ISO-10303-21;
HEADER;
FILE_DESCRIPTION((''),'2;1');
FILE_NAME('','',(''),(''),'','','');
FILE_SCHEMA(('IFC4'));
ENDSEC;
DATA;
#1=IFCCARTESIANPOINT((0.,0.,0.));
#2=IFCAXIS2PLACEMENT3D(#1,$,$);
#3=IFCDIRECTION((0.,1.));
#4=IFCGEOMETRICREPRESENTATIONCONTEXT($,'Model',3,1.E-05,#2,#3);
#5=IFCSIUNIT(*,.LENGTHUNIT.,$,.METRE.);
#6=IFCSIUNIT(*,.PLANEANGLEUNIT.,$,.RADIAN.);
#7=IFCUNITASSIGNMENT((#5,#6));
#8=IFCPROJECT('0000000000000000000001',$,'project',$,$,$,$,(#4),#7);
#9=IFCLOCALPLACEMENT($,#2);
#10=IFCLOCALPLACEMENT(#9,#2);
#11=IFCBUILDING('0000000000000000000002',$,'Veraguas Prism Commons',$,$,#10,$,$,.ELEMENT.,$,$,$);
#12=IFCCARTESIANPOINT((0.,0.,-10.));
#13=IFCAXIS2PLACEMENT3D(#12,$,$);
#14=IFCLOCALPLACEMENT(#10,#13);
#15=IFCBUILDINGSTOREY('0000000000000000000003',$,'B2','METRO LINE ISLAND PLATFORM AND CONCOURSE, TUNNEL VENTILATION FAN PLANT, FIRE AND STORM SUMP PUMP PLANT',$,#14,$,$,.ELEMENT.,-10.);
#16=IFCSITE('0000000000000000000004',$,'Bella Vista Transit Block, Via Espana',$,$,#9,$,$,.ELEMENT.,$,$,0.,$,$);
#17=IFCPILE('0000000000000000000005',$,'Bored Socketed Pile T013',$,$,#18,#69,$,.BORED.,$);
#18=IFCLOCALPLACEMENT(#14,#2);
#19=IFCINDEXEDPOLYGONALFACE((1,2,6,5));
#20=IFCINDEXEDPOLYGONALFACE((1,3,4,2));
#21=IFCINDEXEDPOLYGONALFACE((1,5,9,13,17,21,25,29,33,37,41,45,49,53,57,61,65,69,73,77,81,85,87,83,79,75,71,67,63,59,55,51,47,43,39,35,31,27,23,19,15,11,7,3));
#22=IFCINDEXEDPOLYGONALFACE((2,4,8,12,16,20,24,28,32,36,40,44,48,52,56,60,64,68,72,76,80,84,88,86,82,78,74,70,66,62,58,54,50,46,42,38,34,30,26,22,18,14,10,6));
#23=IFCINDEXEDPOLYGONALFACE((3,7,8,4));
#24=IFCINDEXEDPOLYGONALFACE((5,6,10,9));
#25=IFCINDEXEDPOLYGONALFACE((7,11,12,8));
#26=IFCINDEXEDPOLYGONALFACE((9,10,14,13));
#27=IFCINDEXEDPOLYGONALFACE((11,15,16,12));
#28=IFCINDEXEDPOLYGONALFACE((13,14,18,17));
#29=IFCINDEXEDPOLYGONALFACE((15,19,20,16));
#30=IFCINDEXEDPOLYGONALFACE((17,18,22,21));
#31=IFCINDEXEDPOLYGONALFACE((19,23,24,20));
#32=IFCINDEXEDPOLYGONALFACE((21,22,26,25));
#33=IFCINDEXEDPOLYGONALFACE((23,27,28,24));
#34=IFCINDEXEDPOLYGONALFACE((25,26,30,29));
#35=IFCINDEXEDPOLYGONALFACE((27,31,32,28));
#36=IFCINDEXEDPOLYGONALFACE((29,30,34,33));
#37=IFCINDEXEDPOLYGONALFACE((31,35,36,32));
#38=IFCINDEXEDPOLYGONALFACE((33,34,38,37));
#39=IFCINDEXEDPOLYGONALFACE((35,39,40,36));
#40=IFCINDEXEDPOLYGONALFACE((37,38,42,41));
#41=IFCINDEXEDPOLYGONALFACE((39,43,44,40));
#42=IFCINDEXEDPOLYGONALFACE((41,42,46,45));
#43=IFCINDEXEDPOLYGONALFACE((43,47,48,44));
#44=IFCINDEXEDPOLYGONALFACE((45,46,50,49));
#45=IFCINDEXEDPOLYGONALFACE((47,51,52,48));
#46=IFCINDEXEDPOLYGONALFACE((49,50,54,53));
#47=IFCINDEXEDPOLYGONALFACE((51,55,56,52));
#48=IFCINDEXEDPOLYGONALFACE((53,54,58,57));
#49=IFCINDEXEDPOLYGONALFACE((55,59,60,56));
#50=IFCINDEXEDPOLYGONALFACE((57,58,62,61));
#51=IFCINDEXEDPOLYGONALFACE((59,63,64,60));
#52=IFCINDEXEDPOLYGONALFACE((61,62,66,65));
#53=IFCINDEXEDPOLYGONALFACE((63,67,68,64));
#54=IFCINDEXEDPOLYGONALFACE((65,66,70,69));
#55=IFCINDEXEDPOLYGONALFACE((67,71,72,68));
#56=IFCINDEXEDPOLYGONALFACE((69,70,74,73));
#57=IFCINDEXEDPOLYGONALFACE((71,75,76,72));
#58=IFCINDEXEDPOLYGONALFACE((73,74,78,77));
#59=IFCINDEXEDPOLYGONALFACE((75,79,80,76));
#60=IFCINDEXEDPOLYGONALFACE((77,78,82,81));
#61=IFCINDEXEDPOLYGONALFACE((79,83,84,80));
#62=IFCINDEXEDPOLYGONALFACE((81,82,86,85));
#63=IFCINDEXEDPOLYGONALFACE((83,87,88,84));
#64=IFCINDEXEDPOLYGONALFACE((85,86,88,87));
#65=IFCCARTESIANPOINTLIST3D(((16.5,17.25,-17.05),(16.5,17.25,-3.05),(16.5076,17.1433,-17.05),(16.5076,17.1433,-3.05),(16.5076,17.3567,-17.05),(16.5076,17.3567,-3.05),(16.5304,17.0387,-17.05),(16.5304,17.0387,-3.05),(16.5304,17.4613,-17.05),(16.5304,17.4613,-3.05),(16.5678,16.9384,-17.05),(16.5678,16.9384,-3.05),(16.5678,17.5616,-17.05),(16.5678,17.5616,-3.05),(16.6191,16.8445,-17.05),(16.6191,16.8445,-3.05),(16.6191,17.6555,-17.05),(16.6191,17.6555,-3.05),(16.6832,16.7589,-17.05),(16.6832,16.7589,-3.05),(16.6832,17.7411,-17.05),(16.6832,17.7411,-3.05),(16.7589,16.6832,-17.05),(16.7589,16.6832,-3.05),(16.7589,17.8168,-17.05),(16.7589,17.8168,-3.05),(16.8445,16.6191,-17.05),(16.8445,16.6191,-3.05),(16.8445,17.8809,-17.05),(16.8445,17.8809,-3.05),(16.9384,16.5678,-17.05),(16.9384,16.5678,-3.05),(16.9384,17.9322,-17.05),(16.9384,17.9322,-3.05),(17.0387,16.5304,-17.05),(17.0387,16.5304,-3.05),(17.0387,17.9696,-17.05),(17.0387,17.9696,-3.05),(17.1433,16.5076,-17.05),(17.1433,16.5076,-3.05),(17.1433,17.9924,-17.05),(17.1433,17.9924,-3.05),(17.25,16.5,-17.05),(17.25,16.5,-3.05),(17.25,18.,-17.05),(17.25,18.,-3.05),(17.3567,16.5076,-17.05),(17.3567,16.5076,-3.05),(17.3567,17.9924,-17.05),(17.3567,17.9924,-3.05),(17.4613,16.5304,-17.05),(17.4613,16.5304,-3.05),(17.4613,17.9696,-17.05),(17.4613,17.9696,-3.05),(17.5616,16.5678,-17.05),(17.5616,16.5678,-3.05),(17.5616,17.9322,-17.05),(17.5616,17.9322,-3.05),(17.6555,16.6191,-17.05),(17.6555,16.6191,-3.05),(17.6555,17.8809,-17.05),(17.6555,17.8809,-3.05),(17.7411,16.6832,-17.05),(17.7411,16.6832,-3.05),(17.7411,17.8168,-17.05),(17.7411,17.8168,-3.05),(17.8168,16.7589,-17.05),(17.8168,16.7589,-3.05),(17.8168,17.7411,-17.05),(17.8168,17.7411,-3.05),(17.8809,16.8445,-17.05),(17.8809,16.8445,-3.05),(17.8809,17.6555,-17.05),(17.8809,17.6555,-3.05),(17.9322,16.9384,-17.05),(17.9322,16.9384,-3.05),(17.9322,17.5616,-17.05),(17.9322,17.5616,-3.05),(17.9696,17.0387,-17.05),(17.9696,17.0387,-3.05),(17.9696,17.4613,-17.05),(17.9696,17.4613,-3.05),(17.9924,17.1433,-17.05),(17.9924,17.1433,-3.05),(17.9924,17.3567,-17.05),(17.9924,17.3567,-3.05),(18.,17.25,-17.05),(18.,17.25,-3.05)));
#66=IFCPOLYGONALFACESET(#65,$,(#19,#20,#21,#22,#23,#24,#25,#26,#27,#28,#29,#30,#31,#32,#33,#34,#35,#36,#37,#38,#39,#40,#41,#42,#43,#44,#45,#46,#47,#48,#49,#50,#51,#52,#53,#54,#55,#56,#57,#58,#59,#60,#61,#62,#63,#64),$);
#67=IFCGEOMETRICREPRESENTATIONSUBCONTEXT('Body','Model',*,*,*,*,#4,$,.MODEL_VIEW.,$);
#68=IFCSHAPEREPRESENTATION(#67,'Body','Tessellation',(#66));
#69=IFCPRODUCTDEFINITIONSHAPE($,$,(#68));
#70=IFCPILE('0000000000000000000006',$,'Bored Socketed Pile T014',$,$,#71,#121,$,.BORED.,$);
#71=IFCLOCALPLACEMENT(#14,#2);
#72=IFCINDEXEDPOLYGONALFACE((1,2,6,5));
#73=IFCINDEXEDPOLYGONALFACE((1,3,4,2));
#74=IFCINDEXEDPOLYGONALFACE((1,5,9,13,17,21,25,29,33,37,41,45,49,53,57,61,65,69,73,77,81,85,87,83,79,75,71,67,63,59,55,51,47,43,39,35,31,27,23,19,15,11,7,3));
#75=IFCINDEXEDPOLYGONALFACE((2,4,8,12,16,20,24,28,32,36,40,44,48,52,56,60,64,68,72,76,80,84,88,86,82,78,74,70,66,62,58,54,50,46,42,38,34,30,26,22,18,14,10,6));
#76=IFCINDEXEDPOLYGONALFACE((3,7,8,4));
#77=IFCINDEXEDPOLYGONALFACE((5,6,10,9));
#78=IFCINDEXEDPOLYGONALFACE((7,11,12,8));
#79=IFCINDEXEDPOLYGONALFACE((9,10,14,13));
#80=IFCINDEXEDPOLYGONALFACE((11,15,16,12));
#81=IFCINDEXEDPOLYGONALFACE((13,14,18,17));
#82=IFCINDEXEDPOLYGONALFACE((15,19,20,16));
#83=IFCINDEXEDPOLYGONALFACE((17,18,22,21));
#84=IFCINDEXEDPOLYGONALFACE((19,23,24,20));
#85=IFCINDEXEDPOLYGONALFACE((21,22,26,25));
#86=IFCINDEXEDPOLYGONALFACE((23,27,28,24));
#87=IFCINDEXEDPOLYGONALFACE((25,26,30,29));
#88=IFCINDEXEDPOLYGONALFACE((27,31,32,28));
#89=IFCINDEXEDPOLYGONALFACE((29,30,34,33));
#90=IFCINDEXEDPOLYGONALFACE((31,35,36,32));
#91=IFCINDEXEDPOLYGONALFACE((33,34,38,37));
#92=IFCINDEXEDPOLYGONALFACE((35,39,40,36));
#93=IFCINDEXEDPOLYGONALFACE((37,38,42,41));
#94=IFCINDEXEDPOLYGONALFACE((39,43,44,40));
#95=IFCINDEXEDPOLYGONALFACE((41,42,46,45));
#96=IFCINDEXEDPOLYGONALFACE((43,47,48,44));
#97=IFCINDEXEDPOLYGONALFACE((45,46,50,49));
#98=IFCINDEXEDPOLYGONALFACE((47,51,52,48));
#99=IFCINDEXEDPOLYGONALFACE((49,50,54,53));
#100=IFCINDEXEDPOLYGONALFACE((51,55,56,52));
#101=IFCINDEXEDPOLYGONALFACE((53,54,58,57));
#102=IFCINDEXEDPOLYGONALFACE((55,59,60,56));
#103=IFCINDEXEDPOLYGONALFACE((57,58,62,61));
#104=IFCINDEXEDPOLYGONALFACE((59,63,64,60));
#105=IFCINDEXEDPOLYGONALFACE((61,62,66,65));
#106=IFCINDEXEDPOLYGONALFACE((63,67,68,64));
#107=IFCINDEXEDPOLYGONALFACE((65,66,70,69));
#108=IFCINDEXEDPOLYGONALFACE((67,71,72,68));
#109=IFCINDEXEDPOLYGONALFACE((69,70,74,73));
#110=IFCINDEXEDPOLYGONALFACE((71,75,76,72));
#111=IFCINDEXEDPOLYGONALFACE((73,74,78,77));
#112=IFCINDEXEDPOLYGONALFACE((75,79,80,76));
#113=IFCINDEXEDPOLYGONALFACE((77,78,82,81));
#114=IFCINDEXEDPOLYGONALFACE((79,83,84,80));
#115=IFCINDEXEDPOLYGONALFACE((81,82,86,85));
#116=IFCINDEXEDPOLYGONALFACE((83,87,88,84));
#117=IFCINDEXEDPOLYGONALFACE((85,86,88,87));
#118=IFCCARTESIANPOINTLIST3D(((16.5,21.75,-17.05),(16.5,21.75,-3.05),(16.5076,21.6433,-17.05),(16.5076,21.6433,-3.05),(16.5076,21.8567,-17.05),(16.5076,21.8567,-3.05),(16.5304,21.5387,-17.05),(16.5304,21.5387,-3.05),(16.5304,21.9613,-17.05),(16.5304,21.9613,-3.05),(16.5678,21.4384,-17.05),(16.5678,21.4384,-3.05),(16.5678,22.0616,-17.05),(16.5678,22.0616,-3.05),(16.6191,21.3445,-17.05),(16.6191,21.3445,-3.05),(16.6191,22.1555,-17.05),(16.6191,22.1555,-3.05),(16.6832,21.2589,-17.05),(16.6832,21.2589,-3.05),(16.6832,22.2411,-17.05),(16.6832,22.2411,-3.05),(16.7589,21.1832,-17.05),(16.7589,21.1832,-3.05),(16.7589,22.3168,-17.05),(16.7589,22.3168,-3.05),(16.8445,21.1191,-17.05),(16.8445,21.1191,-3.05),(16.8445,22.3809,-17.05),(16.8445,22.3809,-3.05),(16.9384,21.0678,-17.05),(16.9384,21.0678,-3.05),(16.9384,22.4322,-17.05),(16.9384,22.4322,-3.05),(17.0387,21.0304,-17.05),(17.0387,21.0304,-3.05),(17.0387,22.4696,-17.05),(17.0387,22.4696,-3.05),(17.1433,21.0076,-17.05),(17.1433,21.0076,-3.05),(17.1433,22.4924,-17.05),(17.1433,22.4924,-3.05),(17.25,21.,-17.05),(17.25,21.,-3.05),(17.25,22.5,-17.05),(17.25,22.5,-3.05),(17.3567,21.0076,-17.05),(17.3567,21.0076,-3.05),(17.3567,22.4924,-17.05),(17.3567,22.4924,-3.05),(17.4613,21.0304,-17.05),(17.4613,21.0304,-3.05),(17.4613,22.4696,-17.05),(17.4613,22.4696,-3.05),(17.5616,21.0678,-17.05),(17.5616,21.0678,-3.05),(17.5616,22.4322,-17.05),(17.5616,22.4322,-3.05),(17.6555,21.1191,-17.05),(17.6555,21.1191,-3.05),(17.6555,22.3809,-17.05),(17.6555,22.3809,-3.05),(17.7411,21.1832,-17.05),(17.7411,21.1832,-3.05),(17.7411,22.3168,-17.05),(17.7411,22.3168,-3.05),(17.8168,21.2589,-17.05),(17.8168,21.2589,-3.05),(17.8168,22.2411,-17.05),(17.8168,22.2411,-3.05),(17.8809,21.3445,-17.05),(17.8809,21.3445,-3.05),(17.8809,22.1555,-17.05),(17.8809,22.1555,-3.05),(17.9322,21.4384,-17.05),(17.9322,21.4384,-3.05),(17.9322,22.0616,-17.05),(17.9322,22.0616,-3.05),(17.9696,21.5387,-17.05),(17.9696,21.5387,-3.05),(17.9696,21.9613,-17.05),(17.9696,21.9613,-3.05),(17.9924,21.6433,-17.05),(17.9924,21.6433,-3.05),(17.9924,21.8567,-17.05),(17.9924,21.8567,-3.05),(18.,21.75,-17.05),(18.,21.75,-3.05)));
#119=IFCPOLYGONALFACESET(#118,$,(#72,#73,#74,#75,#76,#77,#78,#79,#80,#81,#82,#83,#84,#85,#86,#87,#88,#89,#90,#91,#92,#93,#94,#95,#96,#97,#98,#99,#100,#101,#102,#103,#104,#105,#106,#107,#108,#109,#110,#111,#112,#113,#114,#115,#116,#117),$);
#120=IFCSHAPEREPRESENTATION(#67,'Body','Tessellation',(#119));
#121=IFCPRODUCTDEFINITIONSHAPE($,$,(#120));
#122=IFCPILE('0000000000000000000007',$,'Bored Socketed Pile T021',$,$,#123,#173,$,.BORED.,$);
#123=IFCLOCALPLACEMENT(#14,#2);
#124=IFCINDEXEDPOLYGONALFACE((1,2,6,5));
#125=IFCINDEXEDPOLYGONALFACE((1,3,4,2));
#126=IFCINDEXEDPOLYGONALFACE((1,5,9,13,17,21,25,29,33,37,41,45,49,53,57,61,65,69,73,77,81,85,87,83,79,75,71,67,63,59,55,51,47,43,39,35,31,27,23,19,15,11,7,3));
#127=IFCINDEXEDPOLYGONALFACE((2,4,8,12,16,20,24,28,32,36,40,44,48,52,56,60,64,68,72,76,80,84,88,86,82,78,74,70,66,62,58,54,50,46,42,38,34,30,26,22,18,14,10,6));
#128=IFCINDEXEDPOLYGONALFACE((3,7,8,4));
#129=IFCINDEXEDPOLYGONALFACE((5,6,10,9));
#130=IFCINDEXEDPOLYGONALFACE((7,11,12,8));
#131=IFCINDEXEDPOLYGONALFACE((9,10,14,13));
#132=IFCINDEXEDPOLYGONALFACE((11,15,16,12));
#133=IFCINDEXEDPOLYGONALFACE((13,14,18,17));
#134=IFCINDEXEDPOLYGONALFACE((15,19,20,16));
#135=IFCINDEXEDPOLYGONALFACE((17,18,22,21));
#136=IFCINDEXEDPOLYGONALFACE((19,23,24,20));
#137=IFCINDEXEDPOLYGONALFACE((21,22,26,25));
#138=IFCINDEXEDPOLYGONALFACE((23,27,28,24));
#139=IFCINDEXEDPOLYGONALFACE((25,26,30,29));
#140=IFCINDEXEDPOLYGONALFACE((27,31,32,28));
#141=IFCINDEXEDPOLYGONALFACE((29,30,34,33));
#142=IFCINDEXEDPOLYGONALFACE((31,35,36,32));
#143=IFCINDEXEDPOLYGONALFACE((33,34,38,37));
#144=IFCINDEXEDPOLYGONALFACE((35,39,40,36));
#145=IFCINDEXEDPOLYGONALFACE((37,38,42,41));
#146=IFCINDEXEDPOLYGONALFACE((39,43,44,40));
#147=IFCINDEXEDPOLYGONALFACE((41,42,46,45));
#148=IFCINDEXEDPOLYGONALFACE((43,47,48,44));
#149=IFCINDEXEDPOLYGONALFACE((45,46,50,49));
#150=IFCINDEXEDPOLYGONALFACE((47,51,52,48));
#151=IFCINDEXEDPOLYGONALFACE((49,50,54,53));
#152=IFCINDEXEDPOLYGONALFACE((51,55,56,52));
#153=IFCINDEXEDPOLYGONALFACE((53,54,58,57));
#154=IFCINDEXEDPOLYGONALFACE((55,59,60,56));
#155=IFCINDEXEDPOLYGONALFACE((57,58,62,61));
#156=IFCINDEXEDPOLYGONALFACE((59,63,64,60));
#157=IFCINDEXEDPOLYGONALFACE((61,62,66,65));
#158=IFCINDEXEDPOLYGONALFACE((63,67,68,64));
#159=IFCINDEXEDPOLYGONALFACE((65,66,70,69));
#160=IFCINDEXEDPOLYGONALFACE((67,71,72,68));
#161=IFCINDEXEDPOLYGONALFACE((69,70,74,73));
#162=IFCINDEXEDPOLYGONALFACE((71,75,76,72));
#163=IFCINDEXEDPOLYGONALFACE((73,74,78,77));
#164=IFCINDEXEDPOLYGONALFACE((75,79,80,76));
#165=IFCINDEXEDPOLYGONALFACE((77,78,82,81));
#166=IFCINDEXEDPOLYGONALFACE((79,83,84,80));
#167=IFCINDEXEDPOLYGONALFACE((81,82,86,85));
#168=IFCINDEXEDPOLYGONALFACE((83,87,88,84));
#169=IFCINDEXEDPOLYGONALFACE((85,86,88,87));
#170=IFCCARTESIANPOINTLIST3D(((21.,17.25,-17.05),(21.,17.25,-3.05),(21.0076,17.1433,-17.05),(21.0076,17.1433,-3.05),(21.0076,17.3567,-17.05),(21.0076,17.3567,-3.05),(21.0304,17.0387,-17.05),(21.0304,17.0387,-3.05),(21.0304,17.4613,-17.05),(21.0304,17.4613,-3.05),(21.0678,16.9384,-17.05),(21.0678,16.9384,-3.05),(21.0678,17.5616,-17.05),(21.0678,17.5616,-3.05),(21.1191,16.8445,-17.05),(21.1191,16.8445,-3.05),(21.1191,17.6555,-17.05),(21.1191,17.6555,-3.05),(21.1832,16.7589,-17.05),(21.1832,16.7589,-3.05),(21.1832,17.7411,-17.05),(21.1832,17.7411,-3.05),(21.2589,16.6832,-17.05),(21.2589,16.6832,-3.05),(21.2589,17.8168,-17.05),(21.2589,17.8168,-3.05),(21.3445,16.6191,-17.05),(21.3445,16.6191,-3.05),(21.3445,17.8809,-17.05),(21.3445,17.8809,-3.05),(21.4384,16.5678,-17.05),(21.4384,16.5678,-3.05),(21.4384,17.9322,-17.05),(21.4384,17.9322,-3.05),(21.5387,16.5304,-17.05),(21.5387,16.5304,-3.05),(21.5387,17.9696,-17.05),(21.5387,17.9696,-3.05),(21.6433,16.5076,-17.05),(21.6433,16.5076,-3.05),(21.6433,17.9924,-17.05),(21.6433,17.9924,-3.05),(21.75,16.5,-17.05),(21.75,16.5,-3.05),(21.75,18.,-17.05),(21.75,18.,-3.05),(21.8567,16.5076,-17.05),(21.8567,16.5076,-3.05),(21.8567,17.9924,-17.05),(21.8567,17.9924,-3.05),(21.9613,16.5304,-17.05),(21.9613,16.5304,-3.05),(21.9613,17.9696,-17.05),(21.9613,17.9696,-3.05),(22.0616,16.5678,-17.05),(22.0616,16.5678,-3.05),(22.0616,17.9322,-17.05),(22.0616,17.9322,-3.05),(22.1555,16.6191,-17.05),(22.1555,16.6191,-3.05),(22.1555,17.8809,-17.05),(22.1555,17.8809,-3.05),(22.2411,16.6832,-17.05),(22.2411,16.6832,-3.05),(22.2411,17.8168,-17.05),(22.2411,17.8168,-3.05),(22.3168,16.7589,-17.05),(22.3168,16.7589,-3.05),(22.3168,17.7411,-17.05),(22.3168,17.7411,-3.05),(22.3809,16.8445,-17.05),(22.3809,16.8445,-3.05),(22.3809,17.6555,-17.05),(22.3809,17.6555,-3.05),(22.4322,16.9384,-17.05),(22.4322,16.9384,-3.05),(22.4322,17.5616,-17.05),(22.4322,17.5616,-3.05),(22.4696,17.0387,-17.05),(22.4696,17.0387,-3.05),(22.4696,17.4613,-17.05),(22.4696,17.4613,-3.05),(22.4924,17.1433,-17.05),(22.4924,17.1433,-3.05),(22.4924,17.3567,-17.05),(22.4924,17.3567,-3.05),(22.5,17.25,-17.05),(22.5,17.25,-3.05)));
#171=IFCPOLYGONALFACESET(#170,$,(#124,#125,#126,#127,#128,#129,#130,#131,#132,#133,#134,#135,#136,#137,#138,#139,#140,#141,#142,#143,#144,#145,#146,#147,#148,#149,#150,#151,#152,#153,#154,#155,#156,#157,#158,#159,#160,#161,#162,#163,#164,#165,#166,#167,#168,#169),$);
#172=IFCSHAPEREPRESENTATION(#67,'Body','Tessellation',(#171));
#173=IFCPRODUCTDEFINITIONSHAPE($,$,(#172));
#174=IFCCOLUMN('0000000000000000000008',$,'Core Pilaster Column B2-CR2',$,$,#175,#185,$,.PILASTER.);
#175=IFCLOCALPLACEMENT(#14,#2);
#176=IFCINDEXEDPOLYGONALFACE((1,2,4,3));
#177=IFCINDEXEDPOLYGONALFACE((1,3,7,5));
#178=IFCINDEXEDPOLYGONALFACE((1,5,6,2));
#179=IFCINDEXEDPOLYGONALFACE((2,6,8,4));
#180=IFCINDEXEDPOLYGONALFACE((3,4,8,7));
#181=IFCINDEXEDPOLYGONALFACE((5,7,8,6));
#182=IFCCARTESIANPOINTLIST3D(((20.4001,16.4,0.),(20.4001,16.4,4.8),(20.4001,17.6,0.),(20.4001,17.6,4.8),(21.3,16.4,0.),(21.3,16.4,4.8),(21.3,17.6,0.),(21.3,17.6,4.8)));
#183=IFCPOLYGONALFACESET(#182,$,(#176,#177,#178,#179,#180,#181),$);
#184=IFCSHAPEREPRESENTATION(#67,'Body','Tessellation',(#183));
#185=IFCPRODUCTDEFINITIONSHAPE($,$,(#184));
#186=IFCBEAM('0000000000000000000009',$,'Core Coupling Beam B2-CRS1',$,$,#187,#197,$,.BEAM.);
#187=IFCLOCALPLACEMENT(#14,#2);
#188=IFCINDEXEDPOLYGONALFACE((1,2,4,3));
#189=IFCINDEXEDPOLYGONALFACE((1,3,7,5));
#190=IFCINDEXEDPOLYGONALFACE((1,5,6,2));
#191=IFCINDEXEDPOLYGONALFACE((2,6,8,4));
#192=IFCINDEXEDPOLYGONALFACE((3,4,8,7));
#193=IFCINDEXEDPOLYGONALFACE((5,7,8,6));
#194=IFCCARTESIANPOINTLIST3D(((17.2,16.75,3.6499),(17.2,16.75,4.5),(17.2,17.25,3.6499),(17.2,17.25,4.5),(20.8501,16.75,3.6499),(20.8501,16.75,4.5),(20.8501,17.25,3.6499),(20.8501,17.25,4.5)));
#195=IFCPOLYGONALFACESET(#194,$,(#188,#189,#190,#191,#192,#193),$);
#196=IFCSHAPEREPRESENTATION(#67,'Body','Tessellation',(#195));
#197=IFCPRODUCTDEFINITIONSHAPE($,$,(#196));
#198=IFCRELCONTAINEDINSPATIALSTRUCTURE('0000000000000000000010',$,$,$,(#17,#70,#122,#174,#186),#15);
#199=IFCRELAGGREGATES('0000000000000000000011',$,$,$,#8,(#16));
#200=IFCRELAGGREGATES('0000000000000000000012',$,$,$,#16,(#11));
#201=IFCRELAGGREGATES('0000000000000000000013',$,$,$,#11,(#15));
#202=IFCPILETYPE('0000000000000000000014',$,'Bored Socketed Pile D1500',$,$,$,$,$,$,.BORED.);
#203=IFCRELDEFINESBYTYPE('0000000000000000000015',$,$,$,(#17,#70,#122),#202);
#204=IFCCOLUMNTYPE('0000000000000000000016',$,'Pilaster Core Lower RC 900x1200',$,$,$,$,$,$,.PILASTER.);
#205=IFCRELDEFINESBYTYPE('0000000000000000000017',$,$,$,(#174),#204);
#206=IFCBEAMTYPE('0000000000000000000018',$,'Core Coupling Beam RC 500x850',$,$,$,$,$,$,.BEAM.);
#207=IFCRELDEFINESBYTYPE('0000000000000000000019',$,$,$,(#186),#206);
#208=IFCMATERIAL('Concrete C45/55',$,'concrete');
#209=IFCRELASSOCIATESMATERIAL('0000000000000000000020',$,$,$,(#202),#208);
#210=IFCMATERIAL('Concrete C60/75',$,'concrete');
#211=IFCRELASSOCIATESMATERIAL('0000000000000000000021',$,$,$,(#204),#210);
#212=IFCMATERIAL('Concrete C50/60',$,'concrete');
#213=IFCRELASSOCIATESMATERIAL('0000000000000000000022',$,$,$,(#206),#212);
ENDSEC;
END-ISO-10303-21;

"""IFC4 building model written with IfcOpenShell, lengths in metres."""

from ifc_helpers import new_model, si_unit, direction, frame, origin, origin_2d, place, context, subcontext, project, spatial, rectangle, circle, extrude, source, transform, mapped, material, material_profile, profile_set, type_object, element, save


model = new_model("IFC4")

# Units and contexts
model_context = context("Model", 3, precision=1e-05, world=origin(), true_north=direction((0.0, 1.0)))
body_context = subcontext(model_context, "Body", "Model", "MODEL_VIEW")
ifc_project = project(units=[si_unit("LENGTHUNIT", "METRE"), si_unit("PLANEANGLEUNIT", "RADIAN")], contexts=[model_context])

# Site, building, storey
site_placement = place(None, origin())
site = spatial("IfcSite", under=ifc_project, at=site_placement, Name="Bella Vista Transit Block, Via Espana", CompositionType="ELEMENT", RefElevation=0.0)
building_placement = place(site_placement, origin())
building = spatial("IfcBuilding", under=site, at=building_placement, Name="Veraguas Prism Commons", CompositionType="ELEMENT")
storey_placement = place(building_placement, frame((0.0, 0.0, -10.0)))
storey = spatial("IfcBuildingStorey", under=building, at=storey_placement, Name="B2", Description="METRO LINE ISLAND PLATFORM AND CONCOURSE, TUNNEL VENTILATION FAN PLANT, FIRE AND STORM SUMP PUMP PLANT", CompositionType="ELEMENT", Elevation=-10.0)

# Piles
ifc_material_1 = material(Name="Concrete C45/55", Category="concrete")
ifc_material_profile_1 = material_profile(ifc_material_1, circle(Radius=0.75, at=origin_2d()), Name="PILE1500")
ifc_profile_set_1 = profile_set([ifc_material_profile_1], Name="Concrete C45/55")
pile_type = type_object("IfcPileType", Name="Bored Socketed Pile D1500", PredefinedType="BORED", material=ifc_profile_set_1)
shared_shape_1 = source(origin(), body_context, "Body", "SweptSolid", [
    extrude(circle(Radius=0.75, at=origin_2d()), origin(), (0.0, 0.0, 1.0), 14.0),
])
for number, where, z_axis, x_axis, name in (
    (1, (17.25, 17.25, -3.05), (0.0, 0.0, -1.0), (1.0, 0.0, 0.0), "Bored Socketed Pile T013"),
    (2, (17.25, 21.75, -3.05), (0.0, 0.0, -1.0), (1.0, 0.0, 0.0), "Bored Socketed Pile T014"),
    (3, (21.75, 17.25, -3.05), (0.0, 0.0, -1.0), (1.0, 0.0, 0.0), "Bored Socketed Pile T021"),
):
    element("IfcPile", number, at=place(storey_placement, frame(where, z_axis=z_axis, x_axis=x_axis)), inside=storey, type_object=pile_type, Name=name, PredefinedType="BORED", context=body_context, shape_type="MappedRepresentation", body=[
        mapped(shared_shape_1, transform((0.0, 0.0, 0.0), scale=1.0)),
    ])

# Column
ifc_material_2 = material(Name="Concrete C60/75", Category="concrete")
ifc_material_profile_2 = material_profile(ifc_material_2, rectangle(XDim=0.8999, YDim=1.2, at=origin_2d()), Name="RC900X1200")
ifc_profile_set_2 = profile_set([ifc_material_profile_2], Name="Concrete C60/75")
column_type = type_object("IfcColumnType", Name="Pilaster Core Lower RC 900x1200", PredefinedType="PILASTER", material=ifc_profile_set_2)
column_placement = place(storey_placement, frame((20.8501, 17.0, 0.0), z_axis=(0.0, 0.0, 1.0), x_axis=(1.0, 0.0, 0.0)))
element("IfcColumn", 4, at=column_placement, inside=storey, type_object=column_type, Name="Core Pilaster Column B2-CR2", PredefinedType="PILASTER", context=body_context, shape_type="SweptSolid", body=[
    extrude(rectangle(XDim=0.8999, YDim=1.2, at=origin_2d()), origin(), (0.0, 0.0, 1.0), 4.8),
])

# Beam
ifc_material_3 = material(Name="Concrete C50/60", Category="concrete")
ifc_material_profile_3 = material_profile(ifc_material_3, rectangle(XDim=0.5, YDim=0.8501, at=origin_2d()), Name="RC500X850")
ifc_profile_set_3 = profile_set([ifc_material_profile_3], Name="Concrete C50/60")
beam_type = type_object("IfcBeamType", Name="Core Coupling Beam RC 500x850", PredefinedType="BEAM", material=ifc_profile_set_3)
beam_1_placement = place(storey_placement, frame((17.2, 17.0, 4.075), z_axis=(1.0, 0.0, 0.0), x_axis=(0.0, 1.0, 0.0)))
element("IfcBeam", 5, at=beam_1_placement, inside=storey, type_object=beam_type, Name="Core Coupling Beam B2-CRS1", PredefinedType="BEAM", context=body_context, shape_type="SweptSolid", body=[
    extrude(rectangle(XDim=0.5, YDim=0.8501, at=origin_2d()), origin(), (0.0, 0.0, 1.0), 3.6501),
])

save(model, "model.ifc")
